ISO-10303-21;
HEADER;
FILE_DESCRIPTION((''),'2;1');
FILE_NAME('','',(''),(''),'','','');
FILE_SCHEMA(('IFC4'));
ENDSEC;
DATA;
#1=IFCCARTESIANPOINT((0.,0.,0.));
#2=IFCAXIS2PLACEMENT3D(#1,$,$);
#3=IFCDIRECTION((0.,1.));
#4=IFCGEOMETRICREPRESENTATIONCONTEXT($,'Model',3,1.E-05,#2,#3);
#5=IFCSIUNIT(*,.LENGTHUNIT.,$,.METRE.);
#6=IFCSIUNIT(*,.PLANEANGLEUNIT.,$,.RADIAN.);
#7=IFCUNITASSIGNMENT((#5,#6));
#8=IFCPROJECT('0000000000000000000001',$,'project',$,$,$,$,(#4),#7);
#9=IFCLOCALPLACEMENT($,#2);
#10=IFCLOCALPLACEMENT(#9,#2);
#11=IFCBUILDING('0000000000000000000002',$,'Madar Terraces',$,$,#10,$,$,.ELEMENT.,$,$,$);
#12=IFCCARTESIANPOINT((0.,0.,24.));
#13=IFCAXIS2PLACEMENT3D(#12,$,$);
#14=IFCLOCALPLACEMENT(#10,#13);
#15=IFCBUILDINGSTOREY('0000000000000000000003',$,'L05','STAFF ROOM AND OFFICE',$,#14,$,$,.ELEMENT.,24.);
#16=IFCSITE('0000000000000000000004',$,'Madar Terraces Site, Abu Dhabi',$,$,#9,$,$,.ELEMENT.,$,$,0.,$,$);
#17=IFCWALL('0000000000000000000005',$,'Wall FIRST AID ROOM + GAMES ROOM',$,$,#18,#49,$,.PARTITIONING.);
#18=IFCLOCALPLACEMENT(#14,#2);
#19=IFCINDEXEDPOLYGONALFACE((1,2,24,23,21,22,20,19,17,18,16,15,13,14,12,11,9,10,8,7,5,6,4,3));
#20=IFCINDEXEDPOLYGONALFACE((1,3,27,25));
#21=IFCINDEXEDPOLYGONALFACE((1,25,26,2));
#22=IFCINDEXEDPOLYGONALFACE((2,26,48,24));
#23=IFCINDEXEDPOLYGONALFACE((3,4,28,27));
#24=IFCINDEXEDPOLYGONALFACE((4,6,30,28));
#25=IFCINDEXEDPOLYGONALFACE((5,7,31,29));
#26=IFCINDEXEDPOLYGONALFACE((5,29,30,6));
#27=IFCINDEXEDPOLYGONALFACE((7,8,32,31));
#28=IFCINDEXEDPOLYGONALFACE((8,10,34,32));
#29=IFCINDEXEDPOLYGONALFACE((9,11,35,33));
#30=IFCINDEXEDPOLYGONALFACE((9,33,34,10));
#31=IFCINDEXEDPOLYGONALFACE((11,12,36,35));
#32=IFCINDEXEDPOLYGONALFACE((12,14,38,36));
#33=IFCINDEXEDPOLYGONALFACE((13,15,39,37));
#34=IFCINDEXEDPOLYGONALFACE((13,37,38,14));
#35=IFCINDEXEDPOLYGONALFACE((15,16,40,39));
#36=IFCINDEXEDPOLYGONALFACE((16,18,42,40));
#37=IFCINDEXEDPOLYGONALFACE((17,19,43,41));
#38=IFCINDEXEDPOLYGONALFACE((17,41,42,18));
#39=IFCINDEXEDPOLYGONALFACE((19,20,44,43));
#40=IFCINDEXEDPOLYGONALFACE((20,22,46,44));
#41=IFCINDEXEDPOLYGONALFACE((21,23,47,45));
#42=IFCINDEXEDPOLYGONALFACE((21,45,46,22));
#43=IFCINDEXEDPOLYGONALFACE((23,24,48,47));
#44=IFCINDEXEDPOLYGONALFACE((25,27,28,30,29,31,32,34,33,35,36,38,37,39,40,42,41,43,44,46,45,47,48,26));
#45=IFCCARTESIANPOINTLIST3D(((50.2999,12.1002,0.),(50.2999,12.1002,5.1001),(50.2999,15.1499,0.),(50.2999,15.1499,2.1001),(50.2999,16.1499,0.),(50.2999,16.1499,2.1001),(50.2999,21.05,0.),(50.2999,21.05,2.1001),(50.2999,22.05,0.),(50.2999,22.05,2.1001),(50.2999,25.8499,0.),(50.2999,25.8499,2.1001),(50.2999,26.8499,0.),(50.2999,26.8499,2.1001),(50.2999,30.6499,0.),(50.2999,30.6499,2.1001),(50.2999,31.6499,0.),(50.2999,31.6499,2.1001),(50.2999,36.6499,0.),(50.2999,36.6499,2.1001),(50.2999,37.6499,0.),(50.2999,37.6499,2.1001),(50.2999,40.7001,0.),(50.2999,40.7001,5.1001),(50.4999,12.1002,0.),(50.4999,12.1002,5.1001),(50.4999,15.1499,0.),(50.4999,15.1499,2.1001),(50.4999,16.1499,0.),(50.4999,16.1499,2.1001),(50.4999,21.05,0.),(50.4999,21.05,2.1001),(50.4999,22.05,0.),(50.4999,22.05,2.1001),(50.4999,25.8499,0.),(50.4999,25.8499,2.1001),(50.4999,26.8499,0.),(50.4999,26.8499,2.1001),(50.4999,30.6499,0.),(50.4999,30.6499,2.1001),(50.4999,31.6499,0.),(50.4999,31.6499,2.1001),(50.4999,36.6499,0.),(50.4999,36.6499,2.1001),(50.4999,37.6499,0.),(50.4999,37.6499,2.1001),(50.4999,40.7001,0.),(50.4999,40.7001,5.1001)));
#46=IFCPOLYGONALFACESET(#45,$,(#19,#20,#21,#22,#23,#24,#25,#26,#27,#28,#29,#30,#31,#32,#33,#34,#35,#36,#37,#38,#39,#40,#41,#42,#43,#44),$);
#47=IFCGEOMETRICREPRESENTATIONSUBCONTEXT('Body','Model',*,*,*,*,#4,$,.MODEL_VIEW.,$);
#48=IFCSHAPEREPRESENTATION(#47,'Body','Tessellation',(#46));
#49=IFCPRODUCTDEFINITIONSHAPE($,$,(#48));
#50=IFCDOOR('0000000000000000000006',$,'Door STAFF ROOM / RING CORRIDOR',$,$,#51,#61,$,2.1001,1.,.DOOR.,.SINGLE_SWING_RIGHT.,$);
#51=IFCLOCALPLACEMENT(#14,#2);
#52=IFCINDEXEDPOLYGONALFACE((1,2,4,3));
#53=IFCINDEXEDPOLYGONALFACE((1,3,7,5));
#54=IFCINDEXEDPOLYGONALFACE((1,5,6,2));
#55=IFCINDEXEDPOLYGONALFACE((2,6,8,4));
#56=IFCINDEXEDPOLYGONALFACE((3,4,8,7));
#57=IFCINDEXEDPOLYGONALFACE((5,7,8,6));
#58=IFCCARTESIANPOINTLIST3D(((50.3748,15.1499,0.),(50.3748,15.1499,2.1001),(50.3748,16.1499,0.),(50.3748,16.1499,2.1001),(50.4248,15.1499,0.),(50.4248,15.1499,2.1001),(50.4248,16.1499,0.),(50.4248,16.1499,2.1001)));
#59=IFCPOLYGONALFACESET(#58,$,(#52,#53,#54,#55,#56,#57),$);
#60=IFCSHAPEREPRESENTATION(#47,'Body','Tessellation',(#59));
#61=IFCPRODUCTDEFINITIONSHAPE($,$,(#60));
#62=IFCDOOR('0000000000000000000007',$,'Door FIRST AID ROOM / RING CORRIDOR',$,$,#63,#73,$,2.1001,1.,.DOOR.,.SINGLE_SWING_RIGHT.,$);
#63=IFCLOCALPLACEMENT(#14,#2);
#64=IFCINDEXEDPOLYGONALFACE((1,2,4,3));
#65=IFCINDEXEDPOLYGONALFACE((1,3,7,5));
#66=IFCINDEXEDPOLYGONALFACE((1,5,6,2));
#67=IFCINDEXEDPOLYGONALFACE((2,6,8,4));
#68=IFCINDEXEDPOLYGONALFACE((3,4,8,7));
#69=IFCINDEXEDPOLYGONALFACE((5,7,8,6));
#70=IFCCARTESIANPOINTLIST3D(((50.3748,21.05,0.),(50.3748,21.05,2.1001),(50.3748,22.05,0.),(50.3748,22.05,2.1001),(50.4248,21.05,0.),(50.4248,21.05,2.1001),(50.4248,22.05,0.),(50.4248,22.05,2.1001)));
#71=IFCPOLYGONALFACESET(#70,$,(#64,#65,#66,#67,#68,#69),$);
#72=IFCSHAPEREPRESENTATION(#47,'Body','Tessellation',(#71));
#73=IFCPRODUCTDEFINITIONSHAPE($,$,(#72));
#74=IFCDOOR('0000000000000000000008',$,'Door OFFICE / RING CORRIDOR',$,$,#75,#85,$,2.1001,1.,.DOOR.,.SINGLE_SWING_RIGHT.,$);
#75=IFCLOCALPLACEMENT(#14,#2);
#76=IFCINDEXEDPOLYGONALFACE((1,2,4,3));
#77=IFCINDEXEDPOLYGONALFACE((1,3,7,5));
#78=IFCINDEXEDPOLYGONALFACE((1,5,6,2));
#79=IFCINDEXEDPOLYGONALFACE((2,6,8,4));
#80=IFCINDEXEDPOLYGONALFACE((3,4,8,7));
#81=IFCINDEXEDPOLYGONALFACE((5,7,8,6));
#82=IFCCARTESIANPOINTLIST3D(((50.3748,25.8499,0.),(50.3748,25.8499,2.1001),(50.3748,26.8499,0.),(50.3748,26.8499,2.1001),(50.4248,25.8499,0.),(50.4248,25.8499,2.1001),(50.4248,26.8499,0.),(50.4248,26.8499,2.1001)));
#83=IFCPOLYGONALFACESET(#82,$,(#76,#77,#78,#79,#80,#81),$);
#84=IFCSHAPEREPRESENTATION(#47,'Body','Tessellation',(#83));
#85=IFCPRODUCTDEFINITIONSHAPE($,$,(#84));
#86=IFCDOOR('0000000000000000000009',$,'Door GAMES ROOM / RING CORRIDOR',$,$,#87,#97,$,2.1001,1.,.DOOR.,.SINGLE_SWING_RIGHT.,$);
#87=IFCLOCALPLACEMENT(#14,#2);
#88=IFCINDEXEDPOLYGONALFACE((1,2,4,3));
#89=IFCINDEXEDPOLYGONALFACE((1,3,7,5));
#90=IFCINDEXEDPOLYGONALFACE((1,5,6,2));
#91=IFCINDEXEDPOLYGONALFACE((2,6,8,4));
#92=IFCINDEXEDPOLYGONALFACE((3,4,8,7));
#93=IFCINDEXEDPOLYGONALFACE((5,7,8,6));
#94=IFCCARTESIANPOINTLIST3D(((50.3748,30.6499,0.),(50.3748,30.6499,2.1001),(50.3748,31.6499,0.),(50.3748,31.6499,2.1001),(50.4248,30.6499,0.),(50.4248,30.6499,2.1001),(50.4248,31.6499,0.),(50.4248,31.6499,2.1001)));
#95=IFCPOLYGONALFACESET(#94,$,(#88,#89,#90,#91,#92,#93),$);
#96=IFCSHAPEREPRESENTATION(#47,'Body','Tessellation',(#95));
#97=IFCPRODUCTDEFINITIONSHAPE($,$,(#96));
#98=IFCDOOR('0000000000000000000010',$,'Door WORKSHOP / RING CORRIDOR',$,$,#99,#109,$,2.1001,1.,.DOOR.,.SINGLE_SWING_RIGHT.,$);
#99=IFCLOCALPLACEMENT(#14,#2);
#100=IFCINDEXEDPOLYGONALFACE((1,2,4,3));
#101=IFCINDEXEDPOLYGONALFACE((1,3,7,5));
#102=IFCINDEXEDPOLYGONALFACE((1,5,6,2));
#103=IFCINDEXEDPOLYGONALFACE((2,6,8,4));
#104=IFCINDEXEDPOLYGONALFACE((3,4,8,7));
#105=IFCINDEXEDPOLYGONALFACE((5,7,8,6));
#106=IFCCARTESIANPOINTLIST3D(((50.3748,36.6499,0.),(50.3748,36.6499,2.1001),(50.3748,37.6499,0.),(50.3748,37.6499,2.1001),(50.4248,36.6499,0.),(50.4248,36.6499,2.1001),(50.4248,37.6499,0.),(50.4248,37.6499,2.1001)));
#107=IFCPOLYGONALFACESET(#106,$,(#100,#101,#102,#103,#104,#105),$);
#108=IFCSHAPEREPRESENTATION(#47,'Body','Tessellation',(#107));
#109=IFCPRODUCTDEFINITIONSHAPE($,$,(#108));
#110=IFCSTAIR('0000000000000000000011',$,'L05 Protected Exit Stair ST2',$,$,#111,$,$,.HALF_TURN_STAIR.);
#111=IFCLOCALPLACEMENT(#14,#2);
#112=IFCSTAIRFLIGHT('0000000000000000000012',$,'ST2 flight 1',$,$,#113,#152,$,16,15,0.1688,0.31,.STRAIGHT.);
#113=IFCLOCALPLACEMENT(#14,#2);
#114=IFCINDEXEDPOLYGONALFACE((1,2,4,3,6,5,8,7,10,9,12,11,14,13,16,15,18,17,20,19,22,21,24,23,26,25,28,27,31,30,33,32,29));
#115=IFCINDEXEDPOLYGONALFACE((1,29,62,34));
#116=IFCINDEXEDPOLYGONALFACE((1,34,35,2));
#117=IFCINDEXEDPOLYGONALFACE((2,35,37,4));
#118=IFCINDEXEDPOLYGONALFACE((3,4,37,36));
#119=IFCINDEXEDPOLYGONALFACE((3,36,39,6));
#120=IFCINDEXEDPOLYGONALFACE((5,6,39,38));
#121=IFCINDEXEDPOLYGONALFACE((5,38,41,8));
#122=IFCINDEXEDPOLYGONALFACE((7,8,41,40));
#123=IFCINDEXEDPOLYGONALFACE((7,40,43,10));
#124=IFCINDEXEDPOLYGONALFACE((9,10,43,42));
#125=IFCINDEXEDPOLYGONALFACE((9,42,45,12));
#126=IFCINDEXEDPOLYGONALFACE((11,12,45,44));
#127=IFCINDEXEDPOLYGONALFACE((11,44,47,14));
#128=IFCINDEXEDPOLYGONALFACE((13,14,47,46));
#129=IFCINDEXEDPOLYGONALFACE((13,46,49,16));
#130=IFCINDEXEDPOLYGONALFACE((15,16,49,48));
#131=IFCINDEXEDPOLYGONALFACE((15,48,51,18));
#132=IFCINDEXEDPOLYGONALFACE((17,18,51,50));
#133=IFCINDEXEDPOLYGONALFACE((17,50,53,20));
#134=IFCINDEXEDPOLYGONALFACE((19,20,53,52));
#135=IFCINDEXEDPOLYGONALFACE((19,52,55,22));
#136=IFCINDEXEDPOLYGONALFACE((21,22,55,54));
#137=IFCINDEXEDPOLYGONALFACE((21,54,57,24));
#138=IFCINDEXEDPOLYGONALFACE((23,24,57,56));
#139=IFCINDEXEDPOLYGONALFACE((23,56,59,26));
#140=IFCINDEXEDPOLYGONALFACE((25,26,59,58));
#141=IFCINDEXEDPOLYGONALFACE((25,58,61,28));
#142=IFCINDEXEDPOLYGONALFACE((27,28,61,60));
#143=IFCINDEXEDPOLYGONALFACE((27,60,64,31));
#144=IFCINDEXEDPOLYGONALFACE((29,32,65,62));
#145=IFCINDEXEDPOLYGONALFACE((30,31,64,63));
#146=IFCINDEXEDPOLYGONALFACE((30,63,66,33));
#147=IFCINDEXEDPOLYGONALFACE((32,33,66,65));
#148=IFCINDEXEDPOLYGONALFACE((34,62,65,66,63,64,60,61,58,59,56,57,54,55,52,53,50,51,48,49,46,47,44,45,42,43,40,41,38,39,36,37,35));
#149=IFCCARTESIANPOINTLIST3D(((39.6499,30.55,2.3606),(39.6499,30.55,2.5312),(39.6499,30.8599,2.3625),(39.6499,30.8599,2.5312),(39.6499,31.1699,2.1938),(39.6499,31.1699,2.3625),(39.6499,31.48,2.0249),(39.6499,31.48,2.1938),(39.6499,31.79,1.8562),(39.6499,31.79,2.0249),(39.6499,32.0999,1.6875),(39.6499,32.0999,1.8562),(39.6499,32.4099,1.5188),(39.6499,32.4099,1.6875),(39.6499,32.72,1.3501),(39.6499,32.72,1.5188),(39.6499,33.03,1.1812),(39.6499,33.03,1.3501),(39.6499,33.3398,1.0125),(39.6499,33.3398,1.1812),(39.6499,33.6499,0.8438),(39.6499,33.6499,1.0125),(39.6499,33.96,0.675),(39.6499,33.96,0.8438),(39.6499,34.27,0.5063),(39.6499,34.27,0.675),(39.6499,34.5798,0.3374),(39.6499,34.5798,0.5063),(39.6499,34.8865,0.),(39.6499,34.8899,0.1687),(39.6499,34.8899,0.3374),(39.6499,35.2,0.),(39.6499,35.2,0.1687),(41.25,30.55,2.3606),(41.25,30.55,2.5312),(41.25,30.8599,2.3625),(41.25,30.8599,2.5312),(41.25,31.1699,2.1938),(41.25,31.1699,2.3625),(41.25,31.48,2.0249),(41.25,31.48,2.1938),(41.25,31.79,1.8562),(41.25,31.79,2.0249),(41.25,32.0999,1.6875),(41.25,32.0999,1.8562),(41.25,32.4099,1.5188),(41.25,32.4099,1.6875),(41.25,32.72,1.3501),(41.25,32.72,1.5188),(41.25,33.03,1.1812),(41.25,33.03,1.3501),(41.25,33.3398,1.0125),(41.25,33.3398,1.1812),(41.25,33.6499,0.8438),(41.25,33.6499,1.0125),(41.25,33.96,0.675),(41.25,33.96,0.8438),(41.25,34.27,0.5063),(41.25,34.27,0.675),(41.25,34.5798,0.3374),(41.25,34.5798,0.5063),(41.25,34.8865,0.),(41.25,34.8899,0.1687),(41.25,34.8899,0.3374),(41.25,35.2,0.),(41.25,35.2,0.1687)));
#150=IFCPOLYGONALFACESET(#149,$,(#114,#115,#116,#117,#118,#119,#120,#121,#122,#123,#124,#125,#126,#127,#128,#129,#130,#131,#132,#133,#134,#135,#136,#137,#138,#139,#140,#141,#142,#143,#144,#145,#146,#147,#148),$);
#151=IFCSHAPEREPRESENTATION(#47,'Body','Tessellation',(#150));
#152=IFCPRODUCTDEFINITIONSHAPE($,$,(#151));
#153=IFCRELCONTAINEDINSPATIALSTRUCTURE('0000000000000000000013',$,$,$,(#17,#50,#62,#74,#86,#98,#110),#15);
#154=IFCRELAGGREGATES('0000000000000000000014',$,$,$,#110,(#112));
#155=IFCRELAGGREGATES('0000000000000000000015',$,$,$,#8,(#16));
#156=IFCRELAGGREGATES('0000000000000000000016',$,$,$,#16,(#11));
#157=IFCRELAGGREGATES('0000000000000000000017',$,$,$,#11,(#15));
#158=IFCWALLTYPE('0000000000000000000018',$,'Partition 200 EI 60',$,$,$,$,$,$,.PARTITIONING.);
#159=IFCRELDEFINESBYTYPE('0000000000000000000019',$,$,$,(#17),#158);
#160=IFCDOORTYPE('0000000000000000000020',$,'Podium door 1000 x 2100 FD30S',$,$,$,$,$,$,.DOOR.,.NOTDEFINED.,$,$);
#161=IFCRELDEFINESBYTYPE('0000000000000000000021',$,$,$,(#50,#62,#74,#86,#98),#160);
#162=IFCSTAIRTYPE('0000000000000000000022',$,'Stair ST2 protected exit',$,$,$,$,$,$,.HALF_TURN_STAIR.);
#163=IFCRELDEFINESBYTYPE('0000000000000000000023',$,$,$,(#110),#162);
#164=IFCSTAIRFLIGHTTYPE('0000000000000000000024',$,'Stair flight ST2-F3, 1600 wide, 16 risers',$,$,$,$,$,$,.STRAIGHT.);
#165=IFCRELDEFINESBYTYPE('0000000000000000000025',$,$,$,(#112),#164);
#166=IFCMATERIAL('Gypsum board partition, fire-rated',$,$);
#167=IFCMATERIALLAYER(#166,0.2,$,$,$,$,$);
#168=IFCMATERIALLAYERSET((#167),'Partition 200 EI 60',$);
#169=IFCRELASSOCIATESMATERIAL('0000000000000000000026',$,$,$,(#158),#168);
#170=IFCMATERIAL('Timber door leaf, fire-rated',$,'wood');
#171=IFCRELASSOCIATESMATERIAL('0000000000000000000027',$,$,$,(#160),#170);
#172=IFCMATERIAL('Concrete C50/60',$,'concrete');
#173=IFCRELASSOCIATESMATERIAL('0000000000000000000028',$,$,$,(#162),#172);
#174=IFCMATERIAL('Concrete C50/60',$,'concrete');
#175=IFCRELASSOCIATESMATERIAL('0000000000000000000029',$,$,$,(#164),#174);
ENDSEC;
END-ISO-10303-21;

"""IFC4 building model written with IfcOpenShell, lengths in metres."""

from ifc_helpers import new_model, si_unit, direction, frame, frame_2d, origin, place, context, subcontext, project, spatial, polyline, rectangle, outline, extrude, material, layer, layer_set, type_object, element, fill, aggregate, save


model = new_model("IFC4")

# Units and contexts
model_context = context("Model", 3, precision=1e-05, world=origin(), true_north=direction((0.0, 1.0)))
body_context = subcontext(model_context, "Body", "Model", "MODEL_VIEW")
ifc_project = project(units=[si_unit("LENGTHUNIT", "METRE"), si_unit("PLANEANGLEUNIT", "RADIAN")], contexts=[model_context])

# Site, building, storey
site_placement = place(None, origin())
site = spatial("IfcSite", under=ifc_project, at=site_placement, Name="Madar Terraces Site, Abu Dhabi", CompositionType="ELEMENT", RefElevation=0.0)
building_placement = place(site_placement, origin())
building = spatial("IfcBuilding", under=site, at=building_placement, Name="Madar Terraces", CompositionType="ELEMENT")
storey_placement = place(building_placement, frame((0.0, 0.0, 24.0)))
storey = spatial("IfcBuildingStorey", under=building, at=storey_placement, Name="L05", Description="STAFF ROOM AND OFFICE", CompositionType="ELEMENT", Elevation=24.0)

# Shared definitions
ifc_material_1 = material(Name="Gypsum board partition, fire-rated")
ifc_layer_1 = layer(ifc_material_1, 0.2)
ifc_layer_set_1 = layer_set([ifc_layer_1], Name="Partition 200 EI 60")
wall_type_1 = type_object("IfcWallType", Name="Partition 200 EI 60", PredefinedType="PARTITIONING", material=ifc_layer_set_1)

# Wall, openings, doors
wall_1_placement = place(storey_placement, frame((50.3999, 40.7, 0.0), z_axis=(0.0, 0.0, 1.0), x_axis=(0.0, -1.0, 0.0)))
wall_1 = element("IfcWall", 1, at=wall_1_placement, inside=storey, type_object=wall_type_1, Name="Wall FIRST AID ROOM + GAMES ROOM", PredefinedType="PARTITIONING", context=body_context, shape_type="SweptSolid", body=[
    extrude(rectangle(XDim=28.5999, YDim=0.2, at=frame_2d((14.2998, 0.0))), origin(), (0.0, 0.0, 1.0), 5.1001),
])
opening_1_placement = place(wall_1_placement, frame((24.55, 0.0, 0.0)))
opening_1 = element("IfcOpeningElement", 2, at=opening_1_placement, cuts=wall_1, PredefinedType="OPENING", context=body_context, shape_type="SweptSolid", body=[
    extrude(rectangle(XDim=1.0, YDim=2.1001, at=frame_2d((0.5, 1.05))), frame((0.0, 0.1099, 0.0), z_axis=(0.0, -1.0, 0.0), x_axis=(1.0, 0.0, 0.0)), (0.0, 0.0, 1.0), 0.22),
])
opening_2_placement = place(wall_1_placement, frame((18.6499, 0.0, 0.0)))
opening_2 = element("IfcOpeningElement", 3, at=opening_2_placement, cuts=wall_1, PredefinedType="OPENING", context=body_context, shape_type="SweptSolid", body=[
    extrude(rectangle(XDim=1.0, YDim=2.1001, at=frame_2d((0.5, 1.05))), frame((0.0, 0.1099, 0.0), z_axis=(0.0, -1.0, 0.0), x_axis=(1.0, 0.0, 0.0)), (0.0, 0.0, 1.0), 0.22),
])
opening_3_placement = place(wall_1_placement, frame((13.8501, 0.0, 0.0)))
opening_3 = element("IfcOpeningElement", 4, at=opening_3_placement, cuts=wall_1, PredefinedType="OPENING", context=body_context, shape_type="SweptSolid", body=[
    extrude(rectangle(XDim=1.0, YDim=2.1001, at=frame_2d((0.5, 1.05))), frame((0.0, 0.1099, 0.0), z_axis=(0.0, -1.0, 0.0), x_axis=(1.0, 0.0, 0.0)), (0.0, 0.0, 1.0), 0.22),
])
opening_4_placement = place(wall_1_placement, frame((9.05, 0.0, 0.0)))
opening_4 = element("IfcOpeningElement", 5, at=opening_4_placement, cuts=wall_1, PredefinedType="OPENING", context=body_context, shape_type="SweptSolid", body=[
    extrude(rectangle(XDim=1.0, YDim=2.1001, at=frame_2d((0.5, 1.05))), frame((0.0, 0.1099, 0.0), z_axis=(0.0, -1.0, 0.0), x_axis=(1.0, 0.0, 0.0)), (0.0, 0.0, 1.0), 0.22),
])
opening_5_placement = place(wall_1_placement, frame((3.05, 0.0, 0.0)))
opening_5 = element("IfcOpeningElement", 6, at=opening_5_placement, cuts=wall_1, PredefinedType="OPENING", context=body_context, shape_type="SweptSolid", body=[
    extrude(rectangle(XDim=1.0, YDim=2.1001, at=frame_2d((0.5, 1.05))), frame((0.0, 0.1099, 0.0), z_axis=(0.0, -1.0, 0.0), x_axis=(1.0, 0.0, 0.0)), (0.0, 0.0, 1.0), 0.22),
])
ifc_material_2 = material(Name="Timber door leaf, fire-rated", Category="wood")
door_type_1 = type_object("IfcDoorType", Name="Podium door 1000 x 2100 FD30S", OperationType="NOTDEFINED", PredefinedType="DOOR", material=ifc_material_2)
door_1_placement = place(opening_1_placement, origin())
door_1 = element("IfcDoor", 7, at=door_1_placement, inside=storey, type_object=door_type_1, Name="Door STAFF ROOM / RING CORRIDOR", OperationType="SINGLE_SWING_RIGHT", OverallHeight=2.1001, OverallWidth=1.0, PredefinedType="DOOR", context=body_context, shape_type="SweptSolid", body=[
    extrude(rectangle(XDim=1.0, YDim=2.1001, at=frame_2d((0.5, 1.05))), frame((0.0, 0.0249, 0.0), z_axis=(0.0, -1.0, 0.0), x_axis=(1.0, 0.0, 0.0)), (0.0, 0.0, 1.0), 0.05),
])
fill(opening_1, door_1)
door_2_placement = place(opening_2_placement, origin())
door_2 = element("IfcDoor", 8, at=door_2_placement, inside=storey, type_object=door_type_1, Name="Door FIRST AID ROOM / RING CORRIDOR", OperationType="SINGLE_SWING_RIGHT", OverallHeight=2.1001, OverallWidth=1.0, PredefinedType="DOOR", context=body_context, shape_type="SweptSolid", body=[
    extrude(rectangle(XDim=1.0, YDim=2.1001, at=frame_2d((0.5, 1.05))), frame((0.0, 0.0249, 0.0), z_axis=(0.0, -1.0, 0.0), x_axis=(1.0, 0.0, 0.0)), (0.0, 0.0, 1.0), 0.05),
])
fill(opening_2, door_2)
door_3_placement = place(opening_3_placement, origin())
door_3 = element("IfcDoor", 9, at=door_3_placement, inside=storey, type_object=door_type_1, Name="Door OFFICE / RING CORRIDOR", OperationType="SINGLE_SWING_RIGHT", OverallHeight=2.1001, OverallWidth=1.0, PredefinedType="DOOR", context=body_context, shape_type="SweptSolid", body=[
    extrude(rectangle(XDim=1.0, YDim=2.1001, at=frame_2d((0.5, 1.05))), frame((0.0, 0.0249, 0.0), z_axis=(0.0, -1.0, 0.0), x_axis=(1.0, 0.0, 0.0)), (0.0, 0.0, 1.0), 0.05),
])
fill(opening_3, door_3)
door_4_placement = place(opening_4_placement, origin())
door_4 = element("IfcDoor", 10, at=door_4_placement, inside=storey, type_object=door_type_1, Name="Door GAMES ROOM / RING CORRIDOR", OperationType="SINGLE_SWING_RIGHT", OverallHeight=2.1001, OverallWidth=1.0, PredefinedType="DOOR", context=body_context, shape_type="SweptSolid", body=[
    extrude(rectangle(XDim=1.0, YDim=2.1001, at=frame_2d((0.5, 1.05))), frame((0.0, 0.0249, 0.0), z_axis=(0.0, -1.0, 0.0), x_axis=(1.0, 0.0, 0.0)), (0.0, 0.0, 1.0), 0.05),
])
fill(opening_4, door_4)
door_5_placement = place(opening_5_placement, origin())
door_5 = element("IfcDoor", 11, at=door_5_placement, inside=storey, type_object=door_type_1, Name="Door WORKSHOP / RING CORRIDOR", OperationType="SINGLE_SWING_RIGHT", OverallHeight=2.1001, OverallWidth=1.0, PredefinedType="DOOR", context=body_context, shape_type="SweptSolid", body=[
    extrude(rectangle(XDim=1.0, YDim=2.1001, at=frame_2d((0.5, 1.05))), frame((0.0, 0.0249, 0.0), z_axis=(0.0, -1.0, 0.0), x_axis=(1.0, 0.0, 0.0)), (0.0, 0.0, 1.0), 0.05),
])
fill(opening_5, door_5)

# Stair, stair flight
ifc_material_3 = material(Name="Concrete C50/60", Category="concrete")
stair_type = type_object("IfcStairType", Name="Stair ST2 protected exit", PredefinedType="HALF_TURN_STAIR", material=ifc_material_3)
stair_placement = place(storey_placement, origin())
stair = element("IfcStair", 12, at=stair_placement, inside=storey, type_object=stair_type, Name="L05 Protected Exit Stair ST2", PredefinedType="HALF_TURN_STAIR")
ifc_material_4 = material(Name="Concrete C50/60", Category="concrete")
stair_flight_type = type_object("IfcStairFlightType", Name="Stair flight ST2-F3, 1600 wide, 16 risers", PredefinedType="STRAIGHT", material=ifc_material_4)
stair_flight_1_placement = place(storey_placement, frame((40.45, 35.2, 0.0), z_axis=(0.0, 0.0, 1.0), x_axis=(0.0, -1.0, 0.0)))
stair_flight_1 = element("IfcStairFlight", 13, at=stair_flight_1_placement, type_object=stair_flight_type, Name="ST2 flight 1", NumberOfRisers=16, NumberOfTreads=15, PredefinedType="STRAIGHT", RiserHeight=0.1688, TreadLength=0.31, context=body_context, shape_type="SweptSolid", body=[
    extrude(outline(polyline([(0.0, 0.0), (0.0, 0.1687), (0.3101, 0.1687), (0.3101, 0.3374), (0.6201, 0.3374), (0.6201, 0.5063), (0.9299, 0.5063), (0.9299, 0.675), (1.24, 0.675), (1.24, 0.8438), (1.55, 0.8438), (1.55, 1.0125), (1.8601, 1.0125), (1.8601, 1.1812), (2.1699, 1.1812), (2.1699, 1.3501), (2.48, 1.3501), (2.48, 1.5188), (2.79, 1.5188), (2.79, 1.6875), (3.1001, 1.6875), (3.1001, 1.8562), (3.4099, 1.8562), (3.4099, 2.0249), (3.72, 2.0249), (3.72, 2.1938), (4.03, 2.1938), (4.03, 2.3625), (4.3401, 2.3625), (4.3401, 2.5312), (4.6499, 2.5312), (4.6499, 2.7), (4.6499, 2.3606), (0.3135, 0.0), (0.0, 0.0)])), frame((0.0, 0.8, 0.0), z_axis=(0.0, -1.0, 0.0), x_axis=(1.0, 0.0, 0.0)), (0.0, 0.0, 1.0), 1.6001),
])
aggregate(stair, [stair_flight_1])

save(model, "model.ifc")
